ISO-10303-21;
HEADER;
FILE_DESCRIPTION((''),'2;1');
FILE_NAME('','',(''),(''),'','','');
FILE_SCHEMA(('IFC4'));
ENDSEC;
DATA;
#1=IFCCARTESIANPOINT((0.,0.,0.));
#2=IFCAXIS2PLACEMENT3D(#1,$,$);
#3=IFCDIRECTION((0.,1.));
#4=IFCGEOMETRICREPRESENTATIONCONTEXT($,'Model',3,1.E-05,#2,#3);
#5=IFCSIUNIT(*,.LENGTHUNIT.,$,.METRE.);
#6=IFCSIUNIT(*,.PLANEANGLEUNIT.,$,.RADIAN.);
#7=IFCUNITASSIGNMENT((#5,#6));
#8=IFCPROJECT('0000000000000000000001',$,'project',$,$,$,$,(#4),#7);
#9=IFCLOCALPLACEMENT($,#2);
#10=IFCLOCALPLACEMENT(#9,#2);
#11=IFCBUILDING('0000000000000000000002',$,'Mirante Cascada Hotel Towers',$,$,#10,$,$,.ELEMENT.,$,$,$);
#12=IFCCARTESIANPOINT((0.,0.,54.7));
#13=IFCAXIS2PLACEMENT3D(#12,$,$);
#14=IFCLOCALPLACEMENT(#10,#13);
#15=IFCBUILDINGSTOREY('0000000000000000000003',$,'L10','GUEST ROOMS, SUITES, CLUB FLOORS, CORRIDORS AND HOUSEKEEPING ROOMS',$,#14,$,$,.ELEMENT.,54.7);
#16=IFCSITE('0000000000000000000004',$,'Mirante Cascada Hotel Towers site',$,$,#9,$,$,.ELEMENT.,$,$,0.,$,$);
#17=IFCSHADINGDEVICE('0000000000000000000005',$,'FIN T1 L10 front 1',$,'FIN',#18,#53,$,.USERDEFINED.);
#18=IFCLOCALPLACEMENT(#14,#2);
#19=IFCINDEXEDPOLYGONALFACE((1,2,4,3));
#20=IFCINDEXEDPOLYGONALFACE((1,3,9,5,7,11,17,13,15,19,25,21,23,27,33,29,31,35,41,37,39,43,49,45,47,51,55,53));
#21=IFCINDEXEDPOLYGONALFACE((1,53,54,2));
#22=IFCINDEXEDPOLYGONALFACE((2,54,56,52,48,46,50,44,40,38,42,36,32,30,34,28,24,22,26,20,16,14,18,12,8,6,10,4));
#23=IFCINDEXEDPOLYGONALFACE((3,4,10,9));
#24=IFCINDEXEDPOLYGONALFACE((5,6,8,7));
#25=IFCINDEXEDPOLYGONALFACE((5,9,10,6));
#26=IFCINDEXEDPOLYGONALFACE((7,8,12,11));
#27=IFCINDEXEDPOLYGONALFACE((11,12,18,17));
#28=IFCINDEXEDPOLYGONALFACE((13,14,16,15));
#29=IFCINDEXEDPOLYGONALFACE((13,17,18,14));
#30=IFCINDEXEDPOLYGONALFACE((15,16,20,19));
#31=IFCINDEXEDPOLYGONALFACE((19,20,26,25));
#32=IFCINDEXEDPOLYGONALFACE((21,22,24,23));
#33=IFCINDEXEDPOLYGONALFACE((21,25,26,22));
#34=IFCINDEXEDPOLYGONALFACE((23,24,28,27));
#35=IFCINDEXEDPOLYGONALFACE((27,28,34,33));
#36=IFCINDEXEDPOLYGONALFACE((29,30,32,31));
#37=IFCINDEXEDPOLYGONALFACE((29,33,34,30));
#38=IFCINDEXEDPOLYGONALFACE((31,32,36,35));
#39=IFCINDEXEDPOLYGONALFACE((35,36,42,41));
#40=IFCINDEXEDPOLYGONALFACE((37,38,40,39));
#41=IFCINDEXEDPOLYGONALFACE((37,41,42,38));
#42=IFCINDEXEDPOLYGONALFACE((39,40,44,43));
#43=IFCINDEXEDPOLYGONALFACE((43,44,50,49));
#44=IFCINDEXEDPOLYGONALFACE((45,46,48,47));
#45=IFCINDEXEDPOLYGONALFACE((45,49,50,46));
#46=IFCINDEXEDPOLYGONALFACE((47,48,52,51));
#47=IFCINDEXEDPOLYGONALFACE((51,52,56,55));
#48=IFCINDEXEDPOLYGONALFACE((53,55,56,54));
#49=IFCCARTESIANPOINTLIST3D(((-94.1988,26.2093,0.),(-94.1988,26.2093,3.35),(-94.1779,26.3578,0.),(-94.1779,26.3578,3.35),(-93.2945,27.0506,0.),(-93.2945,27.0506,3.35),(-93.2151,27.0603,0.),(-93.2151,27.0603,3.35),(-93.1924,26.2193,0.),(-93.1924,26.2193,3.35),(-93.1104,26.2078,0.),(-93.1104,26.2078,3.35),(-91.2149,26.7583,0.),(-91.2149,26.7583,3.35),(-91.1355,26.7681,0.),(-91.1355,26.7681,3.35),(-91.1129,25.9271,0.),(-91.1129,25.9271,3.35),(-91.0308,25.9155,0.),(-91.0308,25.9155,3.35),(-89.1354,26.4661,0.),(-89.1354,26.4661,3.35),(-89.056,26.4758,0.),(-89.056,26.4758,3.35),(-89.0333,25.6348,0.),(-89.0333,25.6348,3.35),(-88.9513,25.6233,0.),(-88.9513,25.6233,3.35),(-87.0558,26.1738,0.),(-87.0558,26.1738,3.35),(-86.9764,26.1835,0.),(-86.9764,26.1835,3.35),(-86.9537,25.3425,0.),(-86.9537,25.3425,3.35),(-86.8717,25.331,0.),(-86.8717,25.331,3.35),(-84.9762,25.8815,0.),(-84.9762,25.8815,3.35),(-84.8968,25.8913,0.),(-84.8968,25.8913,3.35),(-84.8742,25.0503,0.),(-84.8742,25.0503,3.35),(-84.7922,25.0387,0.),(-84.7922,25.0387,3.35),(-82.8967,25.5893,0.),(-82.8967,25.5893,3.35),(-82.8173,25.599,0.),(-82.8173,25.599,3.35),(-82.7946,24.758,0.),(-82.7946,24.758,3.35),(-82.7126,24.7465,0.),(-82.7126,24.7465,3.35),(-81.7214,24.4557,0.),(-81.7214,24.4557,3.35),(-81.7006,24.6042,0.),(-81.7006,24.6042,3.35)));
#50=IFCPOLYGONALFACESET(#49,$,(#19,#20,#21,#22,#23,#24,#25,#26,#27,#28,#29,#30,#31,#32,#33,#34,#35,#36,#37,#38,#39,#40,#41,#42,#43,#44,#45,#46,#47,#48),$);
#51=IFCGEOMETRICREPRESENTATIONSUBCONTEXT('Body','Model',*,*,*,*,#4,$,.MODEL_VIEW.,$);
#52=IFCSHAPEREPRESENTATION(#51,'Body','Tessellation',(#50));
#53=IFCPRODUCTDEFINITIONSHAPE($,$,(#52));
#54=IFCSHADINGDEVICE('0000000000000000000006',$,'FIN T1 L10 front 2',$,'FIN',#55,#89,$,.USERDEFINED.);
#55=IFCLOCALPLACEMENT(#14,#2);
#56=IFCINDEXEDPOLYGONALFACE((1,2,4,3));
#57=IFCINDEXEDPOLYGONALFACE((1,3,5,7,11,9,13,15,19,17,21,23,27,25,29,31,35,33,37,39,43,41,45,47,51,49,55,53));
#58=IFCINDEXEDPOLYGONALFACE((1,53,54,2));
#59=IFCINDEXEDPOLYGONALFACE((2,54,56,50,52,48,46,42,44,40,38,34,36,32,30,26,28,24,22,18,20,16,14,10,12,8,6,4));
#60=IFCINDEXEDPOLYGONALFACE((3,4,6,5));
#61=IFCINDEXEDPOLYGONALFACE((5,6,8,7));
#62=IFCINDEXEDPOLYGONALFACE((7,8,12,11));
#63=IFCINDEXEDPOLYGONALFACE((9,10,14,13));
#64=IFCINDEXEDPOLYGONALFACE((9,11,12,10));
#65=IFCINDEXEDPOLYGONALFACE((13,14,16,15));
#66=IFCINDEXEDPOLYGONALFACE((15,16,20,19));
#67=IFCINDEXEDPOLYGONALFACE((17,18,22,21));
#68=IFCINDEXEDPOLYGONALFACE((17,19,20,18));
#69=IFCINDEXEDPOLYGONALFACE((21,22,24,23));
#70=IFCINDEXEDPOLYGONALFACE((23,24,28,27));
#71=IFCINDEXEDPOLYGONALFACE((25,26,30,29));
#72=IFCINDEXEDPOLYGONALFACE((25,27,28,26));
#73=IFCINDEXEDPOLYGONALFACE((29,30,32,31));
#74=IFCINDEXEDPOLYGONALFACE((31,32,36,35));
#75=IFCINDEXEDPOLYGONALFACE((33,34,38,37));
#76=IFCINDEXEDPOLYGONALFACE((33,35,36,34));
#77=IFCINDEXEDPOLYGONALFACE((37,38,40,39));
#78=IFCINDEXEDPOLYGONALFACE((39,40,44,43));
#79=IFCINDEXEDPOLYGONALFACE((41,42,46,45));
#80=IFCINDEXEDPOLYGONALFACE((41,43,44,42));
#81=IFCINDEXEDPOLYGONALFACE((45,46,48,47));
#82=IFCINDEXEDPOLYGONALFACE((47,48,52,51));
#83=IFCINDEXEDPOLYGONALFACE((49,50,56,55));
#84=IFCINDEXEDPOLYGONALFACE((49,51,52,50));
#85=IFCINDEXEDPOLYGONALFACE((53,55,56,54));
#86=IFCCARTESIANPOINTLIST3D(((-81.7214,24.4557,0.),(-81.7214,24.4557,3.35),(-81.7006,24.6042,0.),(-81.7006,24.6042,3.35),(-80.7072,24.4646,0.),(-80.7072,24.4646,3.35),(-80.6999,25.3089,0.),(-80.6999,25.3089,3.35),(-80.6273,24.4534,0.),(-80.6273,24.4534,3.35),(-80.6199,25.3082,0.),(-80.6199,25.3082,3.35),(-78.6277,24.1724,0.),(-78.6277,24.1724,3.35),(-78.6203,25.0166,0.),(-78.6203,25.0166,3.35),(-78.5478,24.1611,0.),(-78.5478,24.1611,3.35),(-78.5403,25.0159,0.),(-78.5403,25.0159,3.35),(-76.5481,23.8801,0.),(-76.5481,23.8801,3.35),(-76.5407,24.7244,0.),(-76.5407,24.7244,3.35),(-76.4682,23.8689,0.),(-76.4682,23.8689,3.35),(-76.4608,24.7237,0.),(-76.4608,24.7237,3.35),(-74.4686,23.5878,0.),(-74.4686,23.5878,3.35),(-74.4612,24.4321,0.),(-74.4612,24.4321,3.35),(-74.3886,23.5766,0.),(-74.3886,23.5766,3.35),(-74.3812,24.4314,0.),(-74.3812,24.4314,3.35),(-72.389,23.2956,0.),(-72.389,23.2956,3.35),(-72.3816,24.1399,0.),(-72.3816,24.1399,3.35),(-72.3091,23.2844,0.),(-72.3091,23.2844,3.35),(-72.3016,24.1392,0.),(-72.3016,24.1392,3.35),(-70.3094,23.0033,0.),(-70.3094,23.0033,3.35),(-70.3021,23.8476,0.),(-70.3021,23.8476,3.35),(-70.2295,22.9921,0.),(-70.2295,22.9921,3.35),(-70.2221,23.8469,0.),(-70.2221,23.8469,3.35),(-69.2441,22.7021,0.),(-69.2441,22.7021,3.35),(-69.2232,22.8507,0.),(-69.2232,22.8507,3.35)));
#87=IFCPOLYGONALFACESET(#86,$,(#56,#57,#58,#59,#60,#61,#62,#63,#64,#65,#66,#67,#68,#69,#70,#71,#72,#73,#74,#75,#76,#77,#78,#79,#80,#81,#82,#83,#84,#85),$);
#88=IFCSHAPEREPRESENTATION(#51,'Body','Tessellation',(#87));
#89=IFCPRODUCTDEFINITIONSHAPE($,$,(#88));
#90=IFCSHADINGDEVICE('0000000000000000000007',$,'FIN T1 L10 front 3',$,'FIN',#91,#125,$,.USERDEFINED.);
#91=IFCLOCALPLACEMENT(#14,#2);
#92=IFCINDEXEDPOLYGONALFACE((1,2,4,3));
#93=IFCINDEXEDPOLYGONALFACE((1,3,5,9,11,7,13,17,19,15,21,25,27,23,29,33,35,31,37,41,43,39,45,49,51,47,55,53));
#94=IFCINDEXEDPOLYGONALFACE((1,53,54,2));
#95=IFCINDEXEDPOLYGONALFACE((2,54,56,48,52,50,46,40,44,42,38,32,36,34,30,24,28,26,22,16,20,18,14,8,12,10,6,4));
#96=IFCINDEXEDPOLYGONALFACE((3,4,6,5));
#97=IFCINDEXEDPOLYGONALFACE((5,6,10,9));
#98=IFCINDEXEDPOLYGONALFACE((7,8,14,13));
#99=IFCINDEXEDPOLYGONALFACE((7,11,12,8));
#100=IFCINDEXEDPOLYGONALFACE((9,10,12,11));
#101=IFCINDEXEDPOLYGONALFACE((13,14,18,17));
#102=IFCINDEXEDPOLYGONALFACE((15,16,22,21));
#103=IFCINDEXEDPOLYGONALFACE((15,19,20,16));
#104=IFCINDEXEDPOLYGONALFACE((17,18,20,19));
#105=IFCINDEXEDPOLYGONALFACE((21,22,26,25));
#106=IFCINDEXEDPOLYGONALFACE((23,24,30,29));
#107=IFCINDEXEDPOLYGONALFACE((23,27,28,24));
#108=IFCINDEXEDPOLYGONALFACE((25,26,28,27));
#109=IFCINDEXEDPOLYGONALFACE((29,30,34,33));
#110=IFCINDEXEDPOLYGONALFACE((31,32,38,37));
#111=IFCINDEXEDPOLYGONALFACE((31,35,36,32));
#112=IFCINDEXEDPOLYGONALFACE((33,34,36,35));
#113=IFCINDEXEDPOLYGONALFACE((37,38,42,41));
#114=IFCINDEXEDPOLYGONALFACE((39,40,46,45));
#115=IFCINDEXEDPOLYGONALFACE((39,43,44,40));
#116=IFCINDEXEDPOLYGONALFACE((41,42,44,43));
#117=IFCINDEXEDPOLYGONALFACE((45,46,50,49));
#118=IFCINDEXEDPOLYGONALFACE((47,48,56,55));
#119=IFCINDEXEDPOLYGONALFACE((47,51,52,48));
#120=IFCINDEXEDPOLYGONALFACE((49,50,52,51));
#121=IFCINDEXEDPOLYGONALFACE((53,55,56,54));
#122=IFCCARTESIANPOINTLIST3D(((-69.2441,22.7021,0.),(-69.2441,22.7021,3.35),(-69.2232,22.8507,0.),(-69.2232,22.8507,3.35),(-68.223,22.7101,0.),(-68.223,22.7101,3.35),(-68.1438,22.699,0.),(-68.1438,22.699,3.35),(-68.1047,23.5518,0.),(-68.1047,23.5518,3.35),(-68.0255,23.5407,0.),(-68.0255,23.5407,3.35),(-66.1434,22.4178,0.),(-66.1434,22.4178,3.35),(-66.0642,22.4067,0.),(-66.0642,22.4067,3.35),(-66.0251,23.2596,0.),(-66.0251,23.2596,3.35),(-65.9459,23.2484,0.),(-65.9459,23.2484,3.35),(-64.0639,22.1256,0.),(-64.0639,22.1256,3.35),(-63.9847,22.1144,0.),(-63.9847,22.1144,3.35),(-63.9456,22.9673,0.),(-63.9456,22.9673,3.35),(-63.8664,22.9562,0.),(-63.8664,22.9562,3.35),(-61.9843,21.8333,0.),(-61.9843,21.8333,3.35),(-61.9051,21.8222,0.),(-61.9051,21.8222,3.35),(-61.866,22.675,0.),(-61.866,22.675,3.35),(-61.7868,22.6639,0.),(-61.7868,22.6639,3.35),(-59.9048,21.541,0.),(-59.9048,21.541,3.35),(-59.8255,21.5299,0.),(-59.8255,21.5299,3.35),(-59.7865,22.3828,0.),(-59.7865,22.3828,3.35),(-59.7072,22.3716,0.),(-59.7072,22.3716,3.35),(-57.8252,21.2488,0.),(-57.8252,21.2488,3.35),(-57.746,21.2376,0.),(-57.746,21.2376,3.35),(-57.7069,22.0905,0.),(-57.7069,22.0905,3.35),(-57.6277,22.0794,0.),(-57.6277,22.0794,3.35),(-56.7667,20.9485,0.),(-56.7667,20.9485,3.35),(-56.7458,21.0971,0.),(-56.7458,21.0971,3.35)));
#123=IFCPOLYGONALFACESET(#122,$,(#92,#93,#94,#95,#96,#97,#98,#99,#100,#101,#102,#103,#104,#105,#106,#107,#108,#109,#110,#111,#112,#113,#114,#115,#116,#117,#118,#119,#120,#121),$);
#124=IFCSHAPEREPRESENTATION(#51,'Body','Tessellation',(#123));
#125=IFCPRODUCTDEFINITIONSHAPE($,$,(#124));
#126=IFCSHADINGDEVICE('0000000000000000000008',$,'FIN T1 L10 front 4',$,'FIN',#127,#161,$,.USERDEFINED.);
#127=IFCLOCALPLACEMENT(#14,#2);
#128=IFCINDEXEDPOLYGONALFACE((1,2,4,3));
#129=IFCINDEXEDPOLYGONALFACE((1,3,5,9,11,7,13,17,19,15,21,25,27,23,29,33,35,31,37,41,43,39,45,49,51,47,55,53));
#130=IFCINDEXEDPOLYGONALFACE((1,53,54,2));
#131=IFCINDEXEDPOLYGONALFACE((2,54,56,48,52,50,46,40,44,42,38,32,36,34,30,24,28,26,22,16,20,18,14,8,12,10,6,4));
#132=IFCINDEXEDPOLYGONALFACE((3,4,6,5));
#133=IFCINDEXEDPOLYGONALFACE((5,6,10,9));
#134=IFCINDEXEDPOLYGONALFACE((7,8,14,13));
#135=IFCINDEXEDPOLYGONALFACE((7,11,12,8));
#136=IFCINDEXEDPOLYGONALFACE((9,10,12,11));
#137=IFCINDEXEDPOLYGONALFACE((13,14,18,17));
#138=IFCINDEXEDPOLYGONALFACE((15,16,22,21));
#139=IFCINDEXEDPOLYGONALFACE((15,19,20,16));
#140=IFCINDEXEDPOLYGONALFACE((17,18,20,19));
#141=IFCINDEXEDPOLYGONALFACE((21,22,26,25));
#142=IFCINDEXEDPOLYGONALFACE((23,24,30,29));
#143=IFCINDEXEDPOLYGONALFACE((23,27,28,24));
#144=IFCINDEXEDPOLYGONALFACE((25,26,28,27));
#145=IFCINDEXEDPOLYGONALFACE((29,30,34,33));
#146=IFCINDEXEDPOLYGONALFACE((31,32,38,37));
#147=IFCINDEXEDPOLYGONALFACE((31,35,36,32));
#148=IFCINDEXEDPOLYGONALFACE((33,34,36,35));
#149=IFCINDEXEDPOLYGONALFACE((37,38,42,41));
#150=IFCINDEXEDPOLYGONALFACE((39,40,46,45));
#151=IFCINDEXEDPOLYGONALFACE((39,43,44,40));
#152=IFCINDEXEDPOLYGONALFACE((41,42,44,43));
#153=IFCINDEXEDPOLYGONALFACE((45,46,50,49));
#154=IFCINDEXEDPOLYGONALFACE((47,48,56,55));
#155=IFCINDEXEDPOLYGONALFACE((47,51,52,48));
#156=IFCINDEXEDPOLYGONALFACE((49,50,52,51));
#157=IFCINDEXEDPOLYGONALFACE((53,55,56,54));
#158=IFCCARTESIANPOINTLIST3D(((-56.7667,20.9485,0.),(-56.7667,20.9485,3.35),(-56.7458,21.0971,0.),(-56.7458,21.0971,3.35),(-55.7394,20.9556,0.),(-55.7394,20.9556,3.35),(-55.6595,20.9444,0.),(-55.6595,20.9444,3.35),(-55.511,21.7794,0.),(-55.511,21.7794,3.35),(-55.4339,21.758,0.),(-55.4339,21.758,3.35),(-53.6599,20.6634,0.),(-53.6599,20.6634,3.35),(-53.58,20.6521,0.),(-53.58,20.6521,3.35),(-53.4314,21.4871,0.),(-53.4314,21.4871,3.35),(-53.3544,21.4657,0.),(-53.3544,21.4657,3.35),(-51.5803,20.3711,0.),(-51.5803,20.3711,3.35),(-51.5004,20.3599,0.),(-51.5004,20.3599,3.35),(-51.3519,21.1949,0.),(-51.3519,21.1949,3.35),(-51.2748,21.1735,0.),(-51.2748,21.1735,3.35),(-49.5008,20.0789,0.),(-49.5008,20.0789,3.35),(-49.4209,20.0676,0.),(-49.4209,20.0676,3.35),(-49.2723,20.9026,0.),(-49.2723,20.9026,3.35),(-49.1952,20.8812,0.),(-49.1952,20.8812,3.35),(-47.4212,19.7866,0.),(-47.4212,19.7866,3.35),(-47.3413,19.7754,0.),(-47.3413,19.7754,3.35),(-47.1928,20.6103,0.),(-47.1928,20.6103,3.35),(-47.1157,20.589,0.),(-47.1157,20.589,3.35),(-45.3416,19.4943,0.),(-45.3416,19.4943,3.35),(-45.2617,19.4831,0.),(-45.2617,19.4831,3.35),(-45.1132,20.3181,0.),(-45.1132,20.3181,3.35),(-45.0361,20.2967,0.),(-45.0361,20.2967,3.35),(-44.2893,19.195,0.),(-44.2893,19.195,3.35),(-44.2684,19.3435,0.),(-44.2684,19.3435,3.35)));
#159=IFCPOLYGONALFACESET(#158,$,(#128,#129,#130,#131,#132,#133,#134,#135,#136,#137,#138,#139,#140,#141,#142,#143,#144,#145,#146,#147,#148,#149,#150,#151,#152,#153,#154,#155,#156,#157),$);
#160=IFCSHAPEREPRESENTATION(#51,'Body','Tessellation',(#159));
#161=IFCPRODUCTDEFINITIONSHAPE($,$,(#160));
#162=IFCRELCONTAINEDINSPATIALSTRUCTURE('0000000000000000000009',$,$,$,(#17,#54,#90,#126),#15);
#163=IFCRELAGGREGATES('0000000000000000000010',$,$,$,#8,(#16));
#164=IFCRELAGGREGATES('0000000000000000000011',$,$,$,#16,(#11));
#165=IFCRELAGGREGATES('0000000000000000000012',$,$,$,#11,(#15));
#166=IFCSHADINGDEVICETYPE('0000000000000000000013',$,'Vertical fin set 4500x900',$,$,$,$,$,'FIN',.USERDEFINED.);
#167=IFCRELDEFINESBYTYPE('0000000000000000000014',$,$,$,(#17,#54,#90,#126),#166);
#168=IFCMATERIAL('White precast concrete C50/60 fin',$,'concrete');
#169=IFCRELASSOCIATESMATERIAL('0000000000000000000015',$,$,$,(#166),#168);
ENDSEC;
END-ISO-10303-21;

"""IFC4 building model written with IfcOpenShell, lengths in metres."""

from ifc_helpers import new_model, si_unit, direction, frame, origin, place, context, subcontext, project, spatial, polyline, outline, extrude, material, type_object, element, save


model = new_model("IFC4")

# Units and contexts
model_context = context("Model", 3, precision=1e-05, world=origin(), true_north=direction((0.0, 1.0)))
body_context = subcontext(model_context, "Body", "Model", "MODEL_VIEW")
ifc_project = project(units=[si_unit("LENGTHUNIT", "METRE"), si_unit("PLANEANGLEUNIT", "RADIAN")], contexts=[model_context])

# Site, building, storey
site_placement = place(None, origin())
site = spatial("IfcSite", under=ifc_project, at=site_placement, Name="Mirante Cascada Hotel Towers site", CompositionType="ELEMENT", RefElevation=0.0)
building_placement = place(site_placement, origin())
building = spatial("IfcBuilding", under=site, at=building_placement, Name="Mirante Cascada Hotel Towers", CompositionType="ELEMENT")
storey_placement = place(building_placement, frame((0.0, 0.0, 54.7)))
storey = spatial("IfcBuildingStorey", under=building, at=storey_placement, Name="L10", Description="GUEST ROOMS, SUITES, CLUB FLOORS, CORRIDORS AND HOUSEKEEPING ROOMS", CompositionType="ELEMENT", Elevation=54.7)

# Shading devices
ifc_material_1 = material(Name="White precast concrete C50/60 fin", Category="concrete")
shading_device_type = type_object("IfcShadingDeviceType", Name="Vertical fin set 4500x900", ElementType="FIN", PredefinedType="USERDEFINED", material=ifc_material_1)
shading_device_1_placement = place(storey_placement, origin())
element("IfcShadingDevice", 1, at=shading_device_1_placement, inside=storey, type_object=shading_device_type, Name="FIN T1 L10 front 1", ObjectType="FIN", PredefinedType="USERDEFINED", context=body_context, shape_type="SweptSolid", body=[
    extrude(outline(polyline([(-82.8173, 25.599), (-82.7126, 24.7465), (-81.7006, 24.6042), (-81.7214, 24.4557), (-94.1988, 26.2093), (-94.1779, 26.3578), (-93.1924, 26.2193), (-93.2945, 27.0506), (-93.2151, 27.0603), (-93.1104, 26.2078), (-91.1129, 25.9271), (-91.2149, 26.7583), (-91.1355, 26.7681), (-91.0308, 25.9155), (-89.0333, 25.6348), (-89.1354, 26.4661), (-89.056, 26.4758), (-88.9513, 25.6233), (-86.9537, 25.3425), (-87.0558, 26.1738), (-86.9764, 26.1835), (-86.8717, 25.331), (-84.8742, 25.0503), (-84.9762, 25.8815), (-84.8968, 25.8913), (-84.7922, 25.0387), (-82.7946, 24.758), (-82.8967, 25.5893), (-82.8173, 25.599)])), origin(), (0.0, 0.0, 1.0), 3.35),
])
shading_device_2_placement = place(storey_placement, origin())
element("IfcShadingDevice", 2, at=shading_device_2_placement, inside=storey, type_object=shading_device_type, Name="FIN T1 L10 front 2", ObjectType="FIN", PredefinedType="USERDEFINED", context=body_context, shape_type="SweptSolid", body=[
    extrude(outline(polyline([(-70.2221, 23.8469), (-70.2295, 22.9921), (-69.2232, 22.8507), (-69.2441, 22.7021), (-81.7214, 24.4557), (-81.7006, 24.6042), (-80.7072, 24.4646), (-80.6999, 25.3089), (-80.6199, 25.3082), (-80.6273, 24.4534), (-78.6277, 24.1724), (-78.6203, 25.0166), (-78.5403, 25.0159), (-78.5478, 24.1611), (-76.5481, 23.8801), (-76.5407, 24.7244), (-76.4608, 24.7237), (-76.4682, 23.8689), (-74.4686, 23.5878), (-74.4612, 24.4321), (-74.3812, 24.4314), (-74.3886, 23.5766), (-72.389, 23.2956), (-72.3816, 24.1399), (-72.3016, 24.1392), (-72.3091, 23.2844), (-70.3094, 23.0033), (-70.3021, 23.8476), (-70.2221, 23.8469)])), origin(), (0.0, 0.0, 1.0), 3.35),
])
shading_device_3_placement = place(storey_placement, origin())
element("IfcShadingDevice", 3, at=shading_device_3_placement, inside=storey, type_object=shading_device_type, Name="FIN T1 L10 front 3", ObjectType="FIN", PredefinedType="USERDEFINED", context=body_context, shape_type="SweptSolid", body=[
    extrude(outline(polyline([(-57.6277, 22.0794), (-57.746, 21.2376), (-56.7458, 21.0971), (-56.7667, 20.9485), (-69.2441, 22.7021), (-69.2232, 22.8507), (-68.223, 22.7101), (-68.1047, 23.5518), (-68.0255, 23.5407), (-68.1438, 22.699), (-66.1434, 22.4178), (-66.0251, 23.2596), (-65.9459, 23.2484), (-66.0642, 22.4067), (-64.0639, 22.1256), (-63.9456, 22.9673), (-63.8664, 22.9562), (-63.9847, 22.1144), (-61.9843, 21.8333), (-61.866, 22.675), (-61.7868, 22.6639), (-61.9051, 21.8222), (-59.9048, 21.541), (-59.7865, 22.3828), (-59.7072, 22.3716), (-59.8255, 21.5299), (-57.8252, 21.2488), (-57.7069, 22.0905), (-57.6277, 22.0794)])), origin(), (0.0, 0.0, 1.0), 3.35),
])
shading_device_4_placement = place(storey_placement, origin())
element("IfcShadingDevice", 4, at=shading_device_4_placement, inside=storey, type_object=shading_device_type, Name="FIN T1 L10 front 4", ObjectType="FIN", PredefinedType="USERDEFINED", context=body_context, shape_type="SweptSolid", body=[
    extrude(outline(polyline([(-45.0361, 20.2967), (-45.2617, 19.4831), (-44.2684, 19.3435), (-44.2893, 19.195), (-56.7667, 20.9485), (-56.7458, 21.0971), (-55.7394, 20.9556), (-55.511, 21.7794), (-55.4339, 21.758), (-55.6595, 20.9444), (-53.6599, 20.6634), (-53.4314, 21.4871), (-53.3544, 21.4657), (-53.58, 20.6521), (-51.5803, 20.3711), (-51.3519, 21.1949), (-51.2748, 21.1735), (-51.5004, 20.3599), (-49.5008, 20.0789), (-49.2723, 20.9026), (-49.1952, 20.8812), (-49.4209, 20.0676), (-47.4212, 19.7866), (-47.1928, 20.6103), (-47.1157, 20.589), (-47.3413, 19.7754), (-45.3416, 19.4943), (-45.1132, 20.3181), (-45.0361, 20.2967)])), origin(), (0.0, 0.0, 1.0), 3.35),
])

save(model, "model.ifc")
